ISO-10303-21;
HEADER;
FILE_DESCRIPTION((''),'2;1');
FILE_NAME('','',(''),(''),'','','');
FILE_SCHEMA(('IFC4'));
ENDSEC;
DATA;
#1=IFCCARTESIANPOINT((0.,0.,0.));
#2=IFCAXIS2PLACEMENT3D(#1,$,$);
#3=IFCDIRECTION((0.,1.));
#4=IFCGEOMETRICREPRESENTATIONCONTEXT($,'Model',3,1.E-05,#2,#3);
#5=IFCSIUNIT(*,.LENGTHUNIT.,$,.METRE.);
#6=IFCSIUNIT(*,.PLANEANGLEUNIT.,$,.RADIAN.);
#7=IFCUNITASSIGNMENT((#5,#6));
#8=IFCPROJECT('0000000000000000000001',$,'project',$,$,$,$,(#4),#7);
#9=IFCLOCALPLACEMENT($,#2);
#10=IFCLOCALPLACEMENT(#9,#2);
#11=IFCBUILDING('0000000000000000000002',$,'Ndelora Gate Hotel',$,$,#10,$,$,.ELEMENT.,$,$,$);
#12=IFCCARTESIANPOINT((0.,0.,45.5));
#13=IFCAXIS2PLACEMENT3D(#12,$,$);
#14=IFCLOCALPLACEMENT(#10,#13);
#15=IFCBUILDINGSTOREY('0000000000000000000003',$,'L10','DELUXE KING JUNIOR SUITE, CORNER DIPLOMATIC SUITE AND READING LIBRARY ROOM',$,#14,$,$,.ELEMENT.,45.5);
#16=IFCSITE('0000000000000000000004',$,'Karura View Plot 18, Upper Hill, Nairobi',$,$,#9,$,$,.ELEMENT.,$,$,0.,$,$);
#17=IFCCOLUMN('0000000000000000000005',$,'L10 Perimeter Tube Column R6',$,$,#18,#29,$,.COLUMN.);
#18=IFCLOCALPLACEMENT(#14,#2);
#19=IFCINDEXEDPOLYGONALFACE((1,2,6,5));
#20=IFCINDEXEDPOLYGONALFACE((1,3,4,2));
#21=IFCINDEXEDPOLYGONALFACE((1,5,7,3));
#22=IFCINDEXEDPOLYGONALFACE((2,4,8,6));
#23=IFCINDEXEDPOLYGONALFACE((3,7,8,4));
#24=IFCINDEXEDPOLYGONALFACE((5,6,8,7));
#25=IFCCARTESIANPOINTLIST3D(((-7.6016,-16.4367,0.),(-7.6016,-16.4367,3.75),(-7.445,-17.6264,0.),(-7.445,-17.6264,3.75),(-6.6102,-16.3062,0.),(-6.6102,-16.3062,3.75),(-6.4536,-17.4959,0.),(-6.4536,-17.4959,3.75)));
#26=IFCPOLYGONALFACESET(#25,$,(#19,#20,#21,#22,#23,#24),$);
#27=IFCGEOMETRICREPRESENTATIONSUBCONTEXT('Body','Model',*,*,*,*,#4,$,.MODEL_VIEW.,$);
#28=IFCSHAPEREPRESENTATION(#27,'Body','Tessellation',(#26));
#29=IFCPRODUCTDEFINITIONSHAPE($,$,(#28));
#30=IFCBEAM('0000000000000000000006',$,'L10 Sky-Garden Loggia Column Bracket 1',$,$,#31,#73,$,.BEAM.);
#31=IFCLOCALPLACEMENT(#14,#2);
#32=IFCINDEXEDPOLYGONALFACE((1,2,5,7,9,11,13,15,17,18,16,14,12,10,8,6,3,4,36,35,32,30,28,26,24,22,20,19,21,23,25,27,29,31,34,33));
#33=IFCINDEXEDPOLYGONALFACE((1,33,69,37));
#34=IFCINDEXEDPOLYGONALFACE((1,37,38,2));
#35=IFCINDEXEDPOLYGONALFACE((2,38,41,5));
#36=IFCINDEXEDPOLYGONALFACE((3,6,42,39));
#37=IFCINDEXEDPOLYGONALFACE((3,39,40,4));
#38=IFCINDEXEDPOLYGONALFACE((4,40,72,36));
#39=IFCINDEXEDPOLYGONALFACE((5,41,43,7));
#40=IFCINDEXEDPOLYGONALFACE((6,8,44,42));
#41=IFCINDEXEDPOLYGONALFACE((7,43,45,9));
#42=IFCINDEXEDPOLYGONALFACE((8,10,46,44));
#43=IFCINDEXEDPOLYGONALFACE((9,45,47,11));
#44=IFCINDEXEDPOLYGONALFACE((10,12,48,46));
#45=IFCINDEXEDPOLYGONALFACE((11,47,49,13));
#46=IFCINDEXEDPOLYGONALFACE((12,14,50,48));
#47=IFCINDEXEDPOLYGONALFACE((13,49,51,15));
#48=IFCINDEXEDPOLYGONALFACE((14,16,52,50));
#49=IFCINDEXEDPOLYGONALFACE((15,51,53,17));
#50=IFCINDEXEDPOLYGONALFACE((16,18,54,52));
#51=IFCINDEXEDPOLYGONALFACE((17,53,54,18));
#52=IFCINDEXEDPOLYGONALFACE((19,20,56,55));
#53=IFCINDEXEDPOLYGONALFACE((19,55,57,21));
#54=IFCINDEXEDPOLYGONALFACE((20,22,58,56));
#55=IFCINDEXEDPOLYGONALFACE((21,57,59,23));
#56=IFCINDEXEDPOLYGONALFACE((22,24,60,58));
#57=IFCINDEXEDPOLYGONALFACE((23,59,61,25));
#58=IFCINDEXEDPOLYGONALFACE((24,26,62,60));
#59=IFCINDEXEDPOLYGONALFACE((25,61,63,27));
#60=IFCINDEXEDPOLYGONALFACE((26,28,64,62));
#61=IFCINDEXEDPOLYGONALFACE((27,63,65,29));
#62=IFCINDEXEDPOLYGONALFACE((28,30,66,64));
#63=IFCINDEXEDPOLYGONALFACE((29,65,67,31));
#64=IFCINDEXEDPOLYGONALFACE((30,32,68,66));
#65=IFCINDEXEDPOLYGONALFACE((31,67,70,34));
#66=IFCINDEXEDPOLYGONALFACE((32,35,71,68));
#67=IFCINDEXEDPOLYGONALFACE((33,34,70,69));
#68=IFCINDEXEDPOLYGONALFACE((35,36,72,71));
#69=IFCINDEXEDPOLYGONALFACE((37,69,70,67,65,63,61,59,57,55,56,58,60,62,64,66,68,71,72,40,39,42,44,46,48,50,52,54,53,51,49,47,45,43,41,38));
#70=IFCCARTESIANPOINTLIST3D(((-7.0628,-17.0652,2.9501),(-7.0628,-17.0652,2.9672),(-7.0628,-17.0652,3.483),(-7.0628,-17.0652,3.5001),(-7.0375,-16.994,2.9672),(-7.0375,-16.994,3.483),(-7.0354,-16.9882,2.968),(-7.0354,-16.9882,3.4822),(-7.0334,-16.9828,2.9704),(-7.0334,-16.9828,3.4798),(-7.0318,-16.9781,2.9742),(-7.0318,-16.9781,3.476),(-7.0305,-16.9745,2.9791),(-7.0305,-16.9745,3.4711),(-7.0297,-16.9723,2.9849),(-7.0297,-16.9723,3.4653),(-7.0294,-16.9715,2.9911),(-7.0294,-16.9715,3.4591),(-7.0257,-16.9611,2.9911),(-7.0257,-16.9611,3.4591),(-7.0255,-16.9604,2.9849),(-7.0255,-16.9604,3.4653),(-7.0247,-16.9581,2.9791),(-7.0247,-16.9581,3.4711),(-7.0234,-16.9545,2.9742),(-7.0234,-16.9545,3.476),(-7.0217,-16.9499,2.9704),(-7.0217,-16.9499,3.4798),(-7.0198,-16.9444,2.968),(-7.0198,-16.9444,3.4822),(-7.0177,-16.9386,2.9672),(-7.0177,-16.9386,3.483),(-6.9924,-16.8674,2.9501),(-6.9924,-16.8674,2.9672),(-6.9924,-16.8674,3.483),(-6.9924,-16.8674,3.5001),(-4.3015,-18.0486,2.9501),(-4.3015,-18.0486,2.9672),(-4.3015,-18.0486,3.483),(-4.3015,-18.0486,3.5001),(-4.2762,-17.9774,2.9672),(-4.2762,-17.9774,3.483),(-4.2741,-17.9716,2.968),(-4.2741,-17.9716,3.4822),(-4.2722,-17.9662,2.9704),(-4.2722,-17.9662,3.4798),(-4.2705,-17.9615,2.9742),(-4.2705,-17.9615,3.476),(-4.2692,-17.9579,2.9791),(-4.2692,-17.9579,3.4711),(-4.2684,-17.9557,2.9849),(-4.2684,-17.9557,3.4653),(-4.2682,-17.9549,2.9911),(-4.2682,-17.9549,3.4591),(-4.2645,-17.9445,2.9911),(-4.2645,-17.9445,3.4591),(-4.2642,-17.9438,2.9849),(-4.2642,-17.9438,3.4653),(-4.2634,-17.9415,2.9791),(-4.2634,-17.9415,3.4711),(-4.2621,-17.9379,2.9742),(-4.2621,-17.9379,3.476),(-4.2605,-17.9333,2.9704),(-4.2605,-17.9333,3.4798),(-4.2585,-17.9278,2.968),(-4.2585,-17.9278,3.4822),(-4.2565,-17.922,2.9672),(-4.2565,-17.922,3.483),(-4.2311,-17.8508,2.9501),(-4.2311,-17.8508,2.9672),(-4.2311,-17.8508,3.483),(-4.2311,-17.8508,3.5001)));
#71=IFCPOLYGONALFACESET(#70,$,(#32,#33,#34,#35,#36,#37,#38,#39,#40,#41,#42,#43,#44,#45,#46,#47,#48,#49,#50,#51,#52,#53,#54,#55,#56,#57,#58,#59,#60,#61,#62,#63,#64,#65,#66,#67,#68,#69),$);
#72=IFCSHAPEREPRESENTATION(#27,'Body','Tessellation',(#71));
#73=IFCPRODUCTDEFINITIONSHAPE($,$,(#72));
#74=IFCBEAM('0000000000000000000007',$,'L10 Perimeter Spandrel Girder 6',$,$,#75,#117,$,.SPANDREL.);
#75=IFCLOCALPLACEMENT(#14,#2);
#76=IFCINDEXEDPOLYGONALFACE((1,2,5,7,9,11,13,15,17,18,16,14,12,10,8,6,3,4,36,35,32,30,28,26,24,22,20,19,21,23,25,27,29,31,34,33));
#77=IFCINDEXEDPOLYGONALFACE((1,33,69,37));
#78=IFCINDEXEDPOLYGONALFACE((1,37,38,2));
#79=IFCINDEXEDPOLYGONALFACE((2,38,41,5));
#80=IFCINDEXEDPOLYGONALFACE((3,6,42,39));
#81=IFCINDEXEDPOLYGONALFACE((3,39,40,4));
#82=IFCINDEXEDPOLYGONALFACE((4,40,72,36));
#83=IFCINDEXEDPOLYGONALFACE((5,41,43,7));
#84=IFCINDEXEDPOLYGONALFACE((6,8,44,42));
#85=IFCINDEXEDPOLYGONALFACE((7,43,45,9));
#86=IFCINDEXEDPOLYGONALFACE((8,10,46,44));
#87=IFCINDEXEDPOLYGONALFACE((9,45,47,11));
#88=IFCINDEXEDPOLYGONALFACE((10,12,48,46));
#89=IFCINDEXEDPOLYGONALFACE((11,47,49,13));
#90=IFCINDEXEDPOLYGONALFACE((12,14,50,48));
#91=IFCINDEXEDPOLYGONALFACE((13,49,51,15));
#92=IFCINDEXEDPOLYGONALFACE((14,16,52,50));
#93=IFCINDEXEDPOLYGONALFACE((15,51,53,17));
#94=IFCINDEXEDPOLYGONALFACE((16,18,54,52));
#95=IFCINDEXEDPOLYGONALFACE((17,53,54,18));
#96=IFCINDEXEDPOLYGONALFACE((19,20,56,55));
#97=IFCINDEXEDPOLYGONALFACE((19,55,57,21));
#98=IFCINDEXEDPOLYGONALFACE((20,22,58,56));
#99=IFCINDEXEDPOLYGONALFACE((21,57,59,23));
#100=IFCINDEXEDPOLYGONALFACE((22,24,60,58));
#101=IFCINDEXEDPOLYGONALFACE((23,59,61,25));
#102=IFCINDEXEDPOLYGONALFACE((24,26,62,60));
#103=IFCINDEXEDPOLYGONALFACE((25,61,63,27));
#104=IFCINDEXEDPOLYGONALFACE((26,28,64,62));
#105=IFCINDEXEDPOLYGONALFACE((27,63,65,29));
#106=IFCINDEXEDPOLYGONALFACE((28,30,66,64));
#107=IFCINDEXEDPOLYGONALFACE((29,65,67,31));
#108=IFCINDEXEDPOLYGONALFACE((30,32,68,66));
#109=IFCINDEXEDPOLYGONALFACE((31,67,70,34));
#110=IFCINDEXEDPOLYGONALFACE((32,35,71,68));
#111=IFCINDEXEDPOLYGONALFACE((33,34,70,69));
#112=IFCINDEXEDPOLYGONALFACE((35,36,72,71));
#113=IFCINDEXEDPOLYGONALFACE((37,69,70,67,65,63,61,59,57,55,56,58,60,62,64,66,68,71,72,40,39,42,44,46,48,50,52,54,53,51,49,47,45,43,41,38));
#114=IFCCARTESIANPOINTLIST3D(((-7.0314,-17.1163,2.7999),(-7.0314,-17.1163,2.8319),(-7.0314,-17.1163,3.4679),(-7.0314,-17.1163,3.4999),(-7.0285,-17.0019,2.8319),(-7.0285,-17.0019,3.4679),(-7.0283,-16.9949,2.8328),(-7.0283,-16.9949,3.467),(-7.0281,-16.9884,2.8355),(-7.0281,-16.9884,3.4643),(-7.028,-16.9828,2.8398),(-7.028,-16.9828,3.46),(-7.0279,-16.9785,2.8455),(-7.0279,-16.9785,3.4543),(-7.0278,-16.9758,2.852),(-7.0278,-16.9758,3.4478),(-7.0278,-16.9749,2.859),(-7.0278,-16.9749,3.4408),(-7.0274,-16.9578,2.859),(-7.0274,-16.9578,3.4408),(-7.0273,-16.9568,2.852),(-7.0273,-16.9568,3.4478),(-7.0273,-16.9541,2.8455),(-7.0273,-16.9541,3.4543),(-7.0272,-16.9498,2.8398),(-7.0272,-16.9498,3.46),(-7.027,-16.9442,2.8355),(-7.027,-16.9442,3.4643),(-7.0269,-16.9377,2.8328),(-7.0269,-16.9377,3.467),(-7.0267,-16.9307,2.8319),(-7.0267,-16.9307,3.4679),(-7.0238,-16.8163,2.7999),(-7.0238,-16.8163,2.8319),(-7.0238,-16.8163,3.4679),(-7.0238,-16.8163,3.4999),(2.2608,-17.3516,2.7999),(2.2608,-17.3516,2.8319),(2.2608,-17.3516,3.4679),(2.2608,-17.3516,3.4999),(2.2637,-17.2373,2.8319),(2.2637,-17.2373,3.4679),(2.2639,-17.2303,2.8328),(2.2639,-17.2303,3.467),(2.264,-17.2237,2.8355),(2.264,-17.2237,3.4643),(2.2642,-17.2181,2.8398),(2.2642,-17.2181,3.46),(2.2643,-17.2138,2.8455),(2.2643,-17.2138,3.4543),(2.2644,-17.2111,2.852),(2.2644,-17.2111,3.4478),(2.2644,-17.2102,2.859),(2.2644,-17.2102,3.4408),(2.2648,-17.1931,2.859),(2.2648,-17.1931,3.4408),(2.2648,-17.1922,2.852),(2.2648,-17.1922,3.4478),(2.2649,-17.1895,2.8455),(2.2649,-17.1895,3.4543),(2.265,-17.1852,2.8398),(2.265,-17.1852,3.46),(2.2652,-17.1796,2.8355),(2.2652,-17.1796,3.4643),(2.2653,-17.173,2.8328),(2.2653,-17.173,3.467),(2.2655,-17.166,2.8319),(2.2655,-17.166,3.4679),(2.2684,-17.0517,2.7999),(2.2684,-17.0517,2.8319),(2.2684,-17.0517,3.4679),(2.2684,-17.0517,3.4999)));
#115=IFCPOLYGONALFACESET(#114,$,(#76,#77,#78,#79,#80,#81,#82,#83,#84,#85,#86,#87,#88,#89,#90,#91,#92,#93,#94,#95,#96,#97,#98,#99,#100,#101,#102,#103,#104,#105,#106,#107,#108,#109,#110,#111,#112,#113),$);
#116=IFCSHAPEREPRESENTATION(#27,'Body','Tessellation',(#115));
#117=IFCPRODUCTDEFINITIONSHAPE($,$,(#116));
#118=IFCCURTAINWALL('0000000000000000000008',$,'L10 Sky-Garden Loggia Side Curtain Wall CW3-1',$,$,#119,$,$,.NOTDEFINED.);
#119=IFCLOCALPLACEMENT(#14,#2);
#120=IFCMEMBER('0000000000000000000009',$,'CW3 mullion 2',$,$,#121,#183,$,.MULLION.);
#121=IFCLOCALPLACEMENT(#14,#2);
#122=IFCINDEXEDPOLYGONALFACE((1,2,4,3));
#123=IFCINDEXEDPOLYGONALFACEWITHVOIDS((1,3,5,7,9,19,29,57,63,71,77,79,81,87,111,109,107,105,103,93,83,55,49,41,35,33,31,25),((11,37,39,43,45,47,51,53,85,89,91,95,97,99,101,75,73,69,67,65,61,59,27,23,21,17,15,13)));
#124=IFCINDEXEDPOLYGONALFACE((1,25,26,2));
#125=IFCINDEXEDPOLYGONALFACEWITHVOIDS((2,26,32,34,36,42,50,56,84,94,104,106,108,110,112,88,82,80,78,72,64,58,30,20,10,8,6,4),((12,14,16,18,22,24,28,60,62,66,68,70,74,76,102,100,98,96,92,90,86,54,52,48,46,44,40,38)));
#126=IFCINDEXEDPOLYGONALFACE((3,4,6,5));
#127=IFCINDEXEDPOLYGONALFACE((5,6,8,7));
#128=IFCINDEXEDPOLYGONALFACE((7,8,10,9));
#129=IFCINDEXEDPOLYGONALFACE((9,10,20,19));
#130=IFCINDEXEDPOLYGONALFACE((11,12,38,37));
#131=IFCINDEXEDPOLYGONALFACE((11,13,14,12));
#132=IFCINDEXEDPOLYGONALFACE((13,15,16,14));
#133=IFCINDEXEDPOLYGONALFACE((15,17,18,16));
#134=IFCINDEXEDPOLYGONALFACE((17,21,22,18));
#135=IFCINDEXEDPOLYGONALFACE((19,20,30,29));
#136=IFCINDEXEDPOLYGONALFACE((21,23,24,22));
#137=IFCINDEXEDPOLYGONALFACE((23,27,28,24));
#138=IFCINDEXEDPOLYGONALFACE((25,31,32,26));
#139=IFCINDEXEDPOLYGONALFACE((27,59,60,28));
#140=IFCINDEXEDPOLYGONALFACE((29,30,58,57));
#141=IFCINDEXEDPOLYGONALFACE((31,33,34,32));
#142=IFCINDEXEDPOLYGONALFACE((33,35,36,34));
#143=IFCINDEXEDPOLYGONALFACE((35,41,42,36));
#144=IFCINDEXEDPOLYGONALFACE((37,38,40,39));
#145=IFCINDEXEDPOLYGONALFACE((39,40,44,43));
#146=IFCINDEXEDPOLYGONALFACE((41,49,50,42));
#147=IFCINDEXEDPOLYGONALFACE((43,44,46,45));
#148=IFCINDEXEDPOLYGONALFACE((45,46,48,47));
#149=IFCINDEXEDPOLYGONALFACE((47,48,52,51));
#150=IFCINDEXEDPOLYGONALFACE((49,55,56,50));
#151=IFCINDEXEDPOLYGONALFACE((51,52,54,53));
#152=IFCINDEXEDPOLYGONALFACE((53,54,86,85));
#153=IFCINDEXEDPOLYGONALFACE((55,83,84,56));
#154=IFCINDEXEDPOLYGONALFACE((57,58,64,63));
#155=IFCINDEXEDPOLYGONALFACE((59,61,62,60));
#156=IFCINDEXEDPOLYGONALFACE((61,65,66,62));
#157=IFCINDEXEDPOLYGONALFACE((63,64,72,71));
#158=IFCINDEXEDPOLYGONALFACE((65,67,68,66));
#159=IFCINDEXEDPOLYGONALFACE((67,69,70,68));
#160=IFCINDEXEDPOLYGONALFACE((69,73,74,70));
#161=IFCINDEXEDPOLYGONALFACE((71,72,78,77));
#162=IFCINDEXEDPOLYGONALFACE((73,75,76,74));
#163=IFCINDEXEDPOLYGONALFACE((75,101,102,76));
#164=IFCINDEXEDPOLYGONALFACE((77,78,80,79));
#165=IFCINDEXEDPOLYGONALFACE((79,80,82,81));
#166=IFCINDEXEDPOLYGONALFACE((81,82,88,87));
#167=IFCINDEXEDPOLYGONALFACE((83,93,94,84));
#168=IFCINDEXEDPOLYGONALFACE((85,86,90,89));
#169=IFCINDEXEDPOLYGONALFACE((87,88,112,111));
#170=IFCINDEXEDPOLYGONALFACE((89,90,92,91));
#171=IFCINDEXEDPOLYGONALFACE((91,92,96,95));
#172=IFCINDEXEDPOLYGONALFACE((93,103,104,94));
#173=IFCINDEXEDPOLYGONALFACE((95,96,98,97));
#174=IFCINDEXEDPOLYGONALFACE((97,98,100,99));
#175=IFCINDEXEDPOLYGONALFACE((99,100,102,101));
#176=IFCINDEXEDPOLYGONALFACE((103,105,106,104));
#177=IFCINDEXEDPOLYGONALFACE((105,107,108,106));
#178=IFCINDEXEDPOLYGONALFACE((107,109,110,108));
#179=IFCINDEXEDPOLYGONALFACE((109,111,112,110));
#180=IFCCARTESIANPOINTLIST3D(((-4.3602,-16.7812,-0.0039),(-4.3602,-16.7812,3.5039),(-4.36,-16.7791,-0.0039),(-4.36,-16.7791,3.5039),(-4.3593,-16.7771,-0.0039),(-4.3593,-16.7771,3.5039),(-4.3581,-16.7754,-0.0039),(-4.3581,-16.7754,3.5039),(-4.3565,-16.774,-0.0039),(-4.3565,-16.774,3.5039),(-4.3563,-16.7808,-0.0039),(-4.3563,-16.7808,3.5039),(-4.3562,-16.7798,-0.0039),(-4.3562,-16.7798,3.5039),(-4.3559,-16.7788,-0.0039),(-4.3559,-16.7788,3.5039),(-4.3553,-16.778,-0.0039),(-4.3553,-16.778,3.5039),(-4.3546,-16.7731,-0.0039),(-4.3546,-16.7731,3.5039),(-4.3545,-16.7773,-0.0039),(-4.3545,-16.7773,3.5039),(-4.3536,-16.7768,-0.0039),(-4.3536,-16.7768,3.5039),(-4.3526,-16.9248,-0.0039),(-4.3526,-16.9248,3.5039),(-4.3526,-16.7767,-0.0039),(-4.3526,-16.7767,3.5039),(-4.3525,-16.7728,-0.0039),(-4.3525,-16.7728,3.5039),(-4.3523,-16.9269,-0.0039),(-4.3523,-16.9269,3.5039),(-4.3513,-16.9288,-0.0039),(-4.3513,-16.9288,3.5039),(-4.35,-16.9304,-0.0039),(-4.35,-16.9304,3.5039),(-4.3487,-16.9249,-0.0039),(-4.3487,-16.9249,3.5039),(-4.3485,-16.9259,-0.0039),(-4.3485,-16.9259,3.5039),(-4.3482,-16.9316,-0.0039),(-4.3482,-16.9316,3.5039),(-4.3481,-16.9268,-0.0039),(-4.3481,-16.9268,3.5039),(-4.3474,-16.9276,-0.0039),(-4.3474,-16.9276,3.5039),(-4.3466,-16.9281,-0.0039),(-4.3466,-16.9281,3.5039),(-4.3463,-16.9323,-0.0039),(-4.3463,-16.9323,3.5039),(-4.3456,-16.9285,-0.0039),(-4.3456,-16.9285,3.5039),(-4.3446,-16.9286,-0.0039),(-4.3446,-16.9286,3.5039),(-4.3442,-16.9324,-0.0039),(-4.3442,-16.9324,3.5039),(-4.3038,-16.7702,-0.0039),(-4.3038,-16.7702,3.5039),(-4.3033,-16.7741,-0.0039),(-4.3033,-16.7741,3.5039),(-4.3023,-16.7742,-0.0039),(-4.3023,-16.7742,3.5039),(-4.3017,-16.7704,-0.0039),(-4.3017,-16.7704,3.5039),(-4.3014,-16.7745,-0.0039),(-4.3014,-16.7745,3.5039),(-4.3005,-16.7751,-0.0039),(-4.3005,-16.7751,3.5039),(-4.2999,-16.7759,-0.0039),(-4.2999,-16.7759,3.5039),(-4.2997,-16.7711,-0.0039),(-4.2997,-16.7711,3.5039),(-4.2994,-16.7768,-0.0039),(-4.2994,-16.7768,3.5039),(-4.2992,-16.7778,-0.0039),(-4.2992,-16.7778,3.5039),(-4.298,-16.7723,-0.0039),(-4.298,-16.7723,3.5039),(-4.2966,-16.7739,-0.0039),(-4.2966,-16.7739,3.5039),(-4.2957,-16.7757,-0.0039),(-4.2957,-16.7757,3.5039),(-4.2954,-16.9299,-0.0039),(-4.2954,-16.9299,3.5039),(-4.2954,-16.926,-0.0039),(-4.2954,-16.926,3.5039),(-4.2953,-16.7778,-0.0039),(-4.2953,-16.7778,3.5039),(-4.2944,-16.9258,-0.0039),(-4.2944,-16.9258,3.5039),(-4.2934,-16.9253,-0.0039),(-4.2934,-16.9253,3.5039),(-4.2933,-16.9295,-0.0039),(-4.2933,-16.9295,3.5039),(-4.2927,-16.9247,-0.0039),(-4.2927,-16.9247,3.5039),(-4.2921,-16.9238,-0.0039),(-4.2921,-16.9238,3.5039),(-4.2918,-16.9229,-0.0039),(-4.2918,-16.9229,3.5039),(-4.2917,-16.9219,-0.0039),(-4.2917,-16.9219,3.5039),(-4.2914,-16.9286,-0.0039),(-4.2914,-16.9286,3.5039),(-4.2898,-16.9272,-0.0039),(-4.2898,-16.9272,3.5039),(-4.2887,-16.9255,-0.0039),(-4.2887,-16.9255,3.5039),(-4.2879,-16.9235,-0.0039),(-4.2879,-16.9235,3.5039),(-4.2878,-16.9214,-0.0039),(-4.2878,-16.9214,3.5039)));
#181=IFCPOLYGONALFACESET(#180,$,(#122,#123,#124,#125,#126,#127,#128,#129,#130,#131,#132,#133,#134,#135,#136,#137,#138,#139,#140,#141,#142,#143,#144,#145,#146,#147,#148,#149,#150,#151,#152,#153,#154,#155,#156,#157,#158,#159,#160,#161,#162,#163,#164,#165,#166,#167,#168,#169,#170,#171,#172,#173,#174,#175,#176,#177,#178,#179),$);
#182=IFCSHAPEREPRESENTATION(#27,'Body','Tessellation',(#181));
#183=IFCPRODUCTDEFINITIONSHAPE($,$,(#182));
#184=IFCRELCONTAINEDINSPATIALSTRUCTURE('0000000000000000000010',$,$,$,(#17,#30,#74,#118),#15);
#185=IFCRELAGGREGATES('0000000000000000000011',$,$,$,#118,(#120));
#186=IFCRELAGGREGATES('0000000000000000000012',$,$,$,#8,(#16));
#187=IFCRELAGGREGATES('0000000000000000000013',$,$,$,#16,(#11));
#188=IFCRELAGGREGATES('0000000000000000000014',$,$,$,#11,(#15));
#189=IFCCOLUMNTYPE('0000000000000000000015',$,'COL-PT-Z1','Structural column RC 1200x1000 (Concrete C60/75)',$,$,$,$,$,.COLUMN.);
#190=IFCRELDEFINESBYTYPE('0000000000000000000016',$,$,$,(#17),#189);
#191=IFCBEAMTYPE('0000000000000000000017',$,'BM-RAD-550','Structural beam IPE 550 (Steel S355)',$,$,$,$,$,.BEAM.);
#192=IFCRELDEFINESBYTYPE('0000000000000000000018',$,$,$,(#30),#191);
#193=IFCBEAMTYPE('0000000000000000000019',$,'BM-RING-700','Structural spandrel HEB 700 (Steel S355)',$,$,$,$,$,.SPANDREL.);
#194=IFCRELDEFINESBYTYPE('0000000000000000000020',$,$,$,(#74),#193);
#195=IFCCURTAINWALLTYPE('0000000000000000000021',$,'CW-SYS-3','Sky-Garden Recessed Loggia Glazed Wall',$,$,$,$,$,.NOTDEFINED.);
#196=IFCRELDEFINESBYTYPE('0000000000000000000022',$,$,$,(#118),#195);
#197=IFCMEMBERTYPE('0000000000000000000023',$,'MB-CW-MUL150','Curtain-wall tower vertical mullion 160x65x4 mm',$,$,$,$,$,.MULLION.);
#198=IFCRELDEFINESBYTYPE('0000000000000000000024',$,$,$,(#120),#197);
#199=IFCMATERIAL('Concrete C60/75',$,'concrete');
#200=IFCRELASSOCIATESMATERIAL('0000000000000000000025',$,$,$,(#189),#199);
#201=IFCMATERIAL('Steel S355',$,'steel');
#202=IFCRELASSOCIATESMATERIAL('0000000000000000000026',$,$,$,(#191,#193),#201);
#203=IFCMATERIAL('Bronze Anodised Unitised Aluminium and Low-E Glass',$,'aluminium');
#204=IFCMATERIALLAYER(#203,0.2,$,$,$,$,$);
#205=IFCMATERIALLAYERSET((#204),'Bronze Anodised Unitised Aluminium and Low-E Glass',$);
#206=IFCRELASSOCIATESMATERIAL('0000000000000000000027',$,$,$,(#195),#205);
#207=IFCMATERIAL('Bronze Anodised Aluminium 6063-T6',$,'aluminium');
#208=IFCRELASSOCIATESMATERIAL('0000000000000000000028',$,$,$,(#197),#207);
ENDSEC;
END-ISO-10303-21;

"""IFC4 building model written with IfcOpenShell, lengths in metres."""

from ifc_helpers import new_model, si_unit, direction, frame, origin, origin_2d, place, context, subcontext, project, spatial, rectangle, hollow_rectangle, i_section, extrude, material, layer, layer_set, material_profile, profile_set, type_object, element, aggregate, save


model = new_model("IFC4")

# Units and contexts
model_context = context("Model", 3, precision=1e-05, world=origin(), true_north=direction((0.0, 1.0)))
body_context = subcontext(model_context, "Body", "Model", "MODEL_VIEW")
ifc_project = project(units=[si_unit("LENGTHUNIT", "METRE"), si_unit("PLANEANGLEUNIT", "RADIAN")], contexts=[model_context])

# Site, building, storey
site_placement = place(None, origin())
site = spatial("IfcSite", under=ifc_project, at=site_placement, Name="Karura View Plot 18, Upper Hill, Nairobi", CompositionType="ELEMENT", RefElevation=0.0)
building_placement = place(site_placement, origin())
building = spatial("IfcBuilding", under=site, at=building_placement, Name="Ndelora Gate Hotel", CompositionType="ELEMENT")
storey_placement = place(building_placement, frame((0.0, 0.0, 45.5)))
storey = spatial("IfcBuildingStorey", under=building, at=storey_placement, Name="L10", Description="DELUXE KING JUNIOR SUITE, CORNER DIPLOMATIC SUITE AND READING LIBRARY ROOM", CompositionType="ELEMENT", Elevation=45.5)

# Column
ifc_material_1 = material(Name="Concrete C60/75", Category="concrete")
ifc_material_profile_1 = material_profile(ifc_material_1, rectangle(XDim=1.0, YDim=1.2, at=origin_2d()), Name="RC 1200x1000")
ifc_profile_set_1 = profile_set([ifc_material_profile_1], Name="Concrete C60/75")
column_type = type_object("IfcColumnType", Name="COL-PT-Z1", Description="Structural column RC 1200x1000 (Concrete C60/75)", PredefinedType="COLUMN", material=ifc_profile_set_1)
column_placement = place(storey_placement, frame((-7.0276, -16.9663, 0.0), z_axis=(0.0, 0.0, 1.0), x_axis=(0.991445, 0.130526, 0.0)))
element("IfcColumn", 1, at=column_placement, inside=storey, type_object=column_type, Name="L10 Perimeter Tube Column R6", PredefinedType="COLUMN", context=body_context, shape_type="SweptSolid", body=[
    extrude(rectangle(XDim=1.0, YDim=1.2, at=origin_2d()), origin(), (0.0, 0.0, 1.0), 3.75),
])

# Beams
ifc_material_2 = material(Name="Steel S355", Category="steel")
ifc_material_profile_2 = material_profile(ifc_material_2, i_section(OverallWidth=0.21, OverallDepth=0.55, WebThickness=0.011, FlangeThickness=0.0171, FilletRadius=0.0239, at=origin_2d()), Name="IPE 550")
ifc_profile_set_2 = profile_set([ifc_material_profile_2], Name="Steel S355")
beam_type_1 = type_object("IfcBeamType", Name="BM-RAD-550", Description="Structural beam IPE 550 (Steel S355)", PredefinedType="BEAM", material=ifc_profile_set_2)
beam_1_placement = place(storey_placement, frame((-7.0276, -16.9663, 3.2251), z_axis=(0.942039, -0.335503, 0.0), x_axis=(0.335503, 0.942039, 0.0)))
element("IfcBeam", 2, at=beam_1_placement, inside=storey, type_object=beam_type_1, Name="L10 Sky-Garden Loggia Column Bracket 1", PredefinedType="BEAM", context=body_context, shape_type="SweptSolid", body=[
    extrude(i_section(OverallWidth=0.21, OverallDepth=0.55, WebThickness=0.011, FlangeThickness=0.0171, FilletRadius=0.0239, at=origin_2d()), origin(), (0.0, 0.0, 1.0), 2.9312),
])
ifc_material_profile_3 = material_profile(ifc_material_2, i_section(OverallWidth=0.3, OverallDepth=0.7, WebThickness=0.0171, FlangeThickness=0.032, FilletRadius=0.0271, at=origin_2d()), Name="HEB 700")
ifc_profile_set_3 = profile_set([ifc_material_profile_3], Name="Steel S355")
beam_type_2 = type_object("IfcBeamType", Name="BM-RING-700", Description="Structural spandrel HEB 700 (Steel S355)", PredefinedType="SPANDREL", material=ifc_profile_set_3)
beam_2_placement = place(storey_placement, frame((-7.0276, -16.9663, 3.1499), z_axis=(0.999679, -0.02532, 0.0), x_axis=(0.02532, 0.999679, 0.0)))
element("IfcBeam", 3, at=beam_2_placement, inside=storey, type_object=beam_type_2, Name="L10 Perimeter Spandrel Girder 6", PredefinedType="SPANDREL", context=body_context, shape_type="SweptSolid", body=[
    extrude(i_section(OverallWidth=0.3, OverallDepth=0.7, WebThickness=0.0171, FlangeThickness=0.032, FilletRadius=0.0271, at=origin_2d()), origin(), (0.0, 0.0, 1.0), 9.2952),
])

# Curtain wall, member
ifc_material_3 = material(Name="Bronze Anodised Unitised Aluminium and Low-E Glass", Category="aluminium")
ifc_layer_1 = layer(ifc_material_3, 0.2)
ifc_layer_set_1 = layer_set([ifc_layer_1], Name="Bronze Anodised Unitised Aluminium and Low-E Glass")
curtain_wall_type = type_object("IfcCurtainWallType", Name="CW-SYS-3", Description="Sky-Garden Recessed Loggia Glazed Wall", PredefinedType="NOTDEFINED", material=ifc_layer_set_1)
curtain_wall_placement = place(storey_placement, origin())
curtain_wall = element("IfcCurtainWall", 4, at=curtain_wall_placement, inside=storey, type_object=curtain_wall_type, Name="L10 Sky-Garden Loggia Side Curtain Wall CW3-1", PredefinedType="NOTDEFINED")
ifc_material_4 = material(Name="Bronze Anodised Aluminium 6063-T6", Category="aluminium")
ifc_material_profile_4 = material_profile(ifc_material_4, hollow_rectangle(XDim=0.0649, YDim=0.1599, WallThickness=0.0039, InnerFilletRadius=0.0039, OuterFilletRadius=0.0081, at=origin_2d()), Name="ALU 160x65x4")
ifc_profile_set_4 = profile_set([ifc_material_profile_4], Name="Bronze Anodised Aluminium 6063-T6")
member_type_1 = type_object("IfcMemberType", Name="MB-CW-MUL150", Description="Curtain-wall tower vertical mullion 160x65x4 mm", PredefinedType="MULLION", material=ifc_profile_set_4)
member_1_placement = place(storey_placement, frame((-4.324, -16.8513, -0.0039), z_axis=(0.0, 0.0, 1.0), x_axis=(0.998628, 0.052363, 0.0)))
member_1 = element("IfcMember", 5, at=member_1_placement, type_object=member_type_1, Name="CW3 mullion 2", PredefinedType="MULLION", context=body_context, shape_type="SweptSolid", body=[
    extrude(hollow_rectangle(XDim=0.0649, YDim=0.1599, WallThickness=0.0039, InnerFilletRadius=0.0039, OuterFilletRadius=0.0081, at=origin_2d()), origin(), (0.0, 0.0, 1.0), 3.5078),
])
aggregate(curtain_wall, [member_1])

save(model, "model.ifc")
